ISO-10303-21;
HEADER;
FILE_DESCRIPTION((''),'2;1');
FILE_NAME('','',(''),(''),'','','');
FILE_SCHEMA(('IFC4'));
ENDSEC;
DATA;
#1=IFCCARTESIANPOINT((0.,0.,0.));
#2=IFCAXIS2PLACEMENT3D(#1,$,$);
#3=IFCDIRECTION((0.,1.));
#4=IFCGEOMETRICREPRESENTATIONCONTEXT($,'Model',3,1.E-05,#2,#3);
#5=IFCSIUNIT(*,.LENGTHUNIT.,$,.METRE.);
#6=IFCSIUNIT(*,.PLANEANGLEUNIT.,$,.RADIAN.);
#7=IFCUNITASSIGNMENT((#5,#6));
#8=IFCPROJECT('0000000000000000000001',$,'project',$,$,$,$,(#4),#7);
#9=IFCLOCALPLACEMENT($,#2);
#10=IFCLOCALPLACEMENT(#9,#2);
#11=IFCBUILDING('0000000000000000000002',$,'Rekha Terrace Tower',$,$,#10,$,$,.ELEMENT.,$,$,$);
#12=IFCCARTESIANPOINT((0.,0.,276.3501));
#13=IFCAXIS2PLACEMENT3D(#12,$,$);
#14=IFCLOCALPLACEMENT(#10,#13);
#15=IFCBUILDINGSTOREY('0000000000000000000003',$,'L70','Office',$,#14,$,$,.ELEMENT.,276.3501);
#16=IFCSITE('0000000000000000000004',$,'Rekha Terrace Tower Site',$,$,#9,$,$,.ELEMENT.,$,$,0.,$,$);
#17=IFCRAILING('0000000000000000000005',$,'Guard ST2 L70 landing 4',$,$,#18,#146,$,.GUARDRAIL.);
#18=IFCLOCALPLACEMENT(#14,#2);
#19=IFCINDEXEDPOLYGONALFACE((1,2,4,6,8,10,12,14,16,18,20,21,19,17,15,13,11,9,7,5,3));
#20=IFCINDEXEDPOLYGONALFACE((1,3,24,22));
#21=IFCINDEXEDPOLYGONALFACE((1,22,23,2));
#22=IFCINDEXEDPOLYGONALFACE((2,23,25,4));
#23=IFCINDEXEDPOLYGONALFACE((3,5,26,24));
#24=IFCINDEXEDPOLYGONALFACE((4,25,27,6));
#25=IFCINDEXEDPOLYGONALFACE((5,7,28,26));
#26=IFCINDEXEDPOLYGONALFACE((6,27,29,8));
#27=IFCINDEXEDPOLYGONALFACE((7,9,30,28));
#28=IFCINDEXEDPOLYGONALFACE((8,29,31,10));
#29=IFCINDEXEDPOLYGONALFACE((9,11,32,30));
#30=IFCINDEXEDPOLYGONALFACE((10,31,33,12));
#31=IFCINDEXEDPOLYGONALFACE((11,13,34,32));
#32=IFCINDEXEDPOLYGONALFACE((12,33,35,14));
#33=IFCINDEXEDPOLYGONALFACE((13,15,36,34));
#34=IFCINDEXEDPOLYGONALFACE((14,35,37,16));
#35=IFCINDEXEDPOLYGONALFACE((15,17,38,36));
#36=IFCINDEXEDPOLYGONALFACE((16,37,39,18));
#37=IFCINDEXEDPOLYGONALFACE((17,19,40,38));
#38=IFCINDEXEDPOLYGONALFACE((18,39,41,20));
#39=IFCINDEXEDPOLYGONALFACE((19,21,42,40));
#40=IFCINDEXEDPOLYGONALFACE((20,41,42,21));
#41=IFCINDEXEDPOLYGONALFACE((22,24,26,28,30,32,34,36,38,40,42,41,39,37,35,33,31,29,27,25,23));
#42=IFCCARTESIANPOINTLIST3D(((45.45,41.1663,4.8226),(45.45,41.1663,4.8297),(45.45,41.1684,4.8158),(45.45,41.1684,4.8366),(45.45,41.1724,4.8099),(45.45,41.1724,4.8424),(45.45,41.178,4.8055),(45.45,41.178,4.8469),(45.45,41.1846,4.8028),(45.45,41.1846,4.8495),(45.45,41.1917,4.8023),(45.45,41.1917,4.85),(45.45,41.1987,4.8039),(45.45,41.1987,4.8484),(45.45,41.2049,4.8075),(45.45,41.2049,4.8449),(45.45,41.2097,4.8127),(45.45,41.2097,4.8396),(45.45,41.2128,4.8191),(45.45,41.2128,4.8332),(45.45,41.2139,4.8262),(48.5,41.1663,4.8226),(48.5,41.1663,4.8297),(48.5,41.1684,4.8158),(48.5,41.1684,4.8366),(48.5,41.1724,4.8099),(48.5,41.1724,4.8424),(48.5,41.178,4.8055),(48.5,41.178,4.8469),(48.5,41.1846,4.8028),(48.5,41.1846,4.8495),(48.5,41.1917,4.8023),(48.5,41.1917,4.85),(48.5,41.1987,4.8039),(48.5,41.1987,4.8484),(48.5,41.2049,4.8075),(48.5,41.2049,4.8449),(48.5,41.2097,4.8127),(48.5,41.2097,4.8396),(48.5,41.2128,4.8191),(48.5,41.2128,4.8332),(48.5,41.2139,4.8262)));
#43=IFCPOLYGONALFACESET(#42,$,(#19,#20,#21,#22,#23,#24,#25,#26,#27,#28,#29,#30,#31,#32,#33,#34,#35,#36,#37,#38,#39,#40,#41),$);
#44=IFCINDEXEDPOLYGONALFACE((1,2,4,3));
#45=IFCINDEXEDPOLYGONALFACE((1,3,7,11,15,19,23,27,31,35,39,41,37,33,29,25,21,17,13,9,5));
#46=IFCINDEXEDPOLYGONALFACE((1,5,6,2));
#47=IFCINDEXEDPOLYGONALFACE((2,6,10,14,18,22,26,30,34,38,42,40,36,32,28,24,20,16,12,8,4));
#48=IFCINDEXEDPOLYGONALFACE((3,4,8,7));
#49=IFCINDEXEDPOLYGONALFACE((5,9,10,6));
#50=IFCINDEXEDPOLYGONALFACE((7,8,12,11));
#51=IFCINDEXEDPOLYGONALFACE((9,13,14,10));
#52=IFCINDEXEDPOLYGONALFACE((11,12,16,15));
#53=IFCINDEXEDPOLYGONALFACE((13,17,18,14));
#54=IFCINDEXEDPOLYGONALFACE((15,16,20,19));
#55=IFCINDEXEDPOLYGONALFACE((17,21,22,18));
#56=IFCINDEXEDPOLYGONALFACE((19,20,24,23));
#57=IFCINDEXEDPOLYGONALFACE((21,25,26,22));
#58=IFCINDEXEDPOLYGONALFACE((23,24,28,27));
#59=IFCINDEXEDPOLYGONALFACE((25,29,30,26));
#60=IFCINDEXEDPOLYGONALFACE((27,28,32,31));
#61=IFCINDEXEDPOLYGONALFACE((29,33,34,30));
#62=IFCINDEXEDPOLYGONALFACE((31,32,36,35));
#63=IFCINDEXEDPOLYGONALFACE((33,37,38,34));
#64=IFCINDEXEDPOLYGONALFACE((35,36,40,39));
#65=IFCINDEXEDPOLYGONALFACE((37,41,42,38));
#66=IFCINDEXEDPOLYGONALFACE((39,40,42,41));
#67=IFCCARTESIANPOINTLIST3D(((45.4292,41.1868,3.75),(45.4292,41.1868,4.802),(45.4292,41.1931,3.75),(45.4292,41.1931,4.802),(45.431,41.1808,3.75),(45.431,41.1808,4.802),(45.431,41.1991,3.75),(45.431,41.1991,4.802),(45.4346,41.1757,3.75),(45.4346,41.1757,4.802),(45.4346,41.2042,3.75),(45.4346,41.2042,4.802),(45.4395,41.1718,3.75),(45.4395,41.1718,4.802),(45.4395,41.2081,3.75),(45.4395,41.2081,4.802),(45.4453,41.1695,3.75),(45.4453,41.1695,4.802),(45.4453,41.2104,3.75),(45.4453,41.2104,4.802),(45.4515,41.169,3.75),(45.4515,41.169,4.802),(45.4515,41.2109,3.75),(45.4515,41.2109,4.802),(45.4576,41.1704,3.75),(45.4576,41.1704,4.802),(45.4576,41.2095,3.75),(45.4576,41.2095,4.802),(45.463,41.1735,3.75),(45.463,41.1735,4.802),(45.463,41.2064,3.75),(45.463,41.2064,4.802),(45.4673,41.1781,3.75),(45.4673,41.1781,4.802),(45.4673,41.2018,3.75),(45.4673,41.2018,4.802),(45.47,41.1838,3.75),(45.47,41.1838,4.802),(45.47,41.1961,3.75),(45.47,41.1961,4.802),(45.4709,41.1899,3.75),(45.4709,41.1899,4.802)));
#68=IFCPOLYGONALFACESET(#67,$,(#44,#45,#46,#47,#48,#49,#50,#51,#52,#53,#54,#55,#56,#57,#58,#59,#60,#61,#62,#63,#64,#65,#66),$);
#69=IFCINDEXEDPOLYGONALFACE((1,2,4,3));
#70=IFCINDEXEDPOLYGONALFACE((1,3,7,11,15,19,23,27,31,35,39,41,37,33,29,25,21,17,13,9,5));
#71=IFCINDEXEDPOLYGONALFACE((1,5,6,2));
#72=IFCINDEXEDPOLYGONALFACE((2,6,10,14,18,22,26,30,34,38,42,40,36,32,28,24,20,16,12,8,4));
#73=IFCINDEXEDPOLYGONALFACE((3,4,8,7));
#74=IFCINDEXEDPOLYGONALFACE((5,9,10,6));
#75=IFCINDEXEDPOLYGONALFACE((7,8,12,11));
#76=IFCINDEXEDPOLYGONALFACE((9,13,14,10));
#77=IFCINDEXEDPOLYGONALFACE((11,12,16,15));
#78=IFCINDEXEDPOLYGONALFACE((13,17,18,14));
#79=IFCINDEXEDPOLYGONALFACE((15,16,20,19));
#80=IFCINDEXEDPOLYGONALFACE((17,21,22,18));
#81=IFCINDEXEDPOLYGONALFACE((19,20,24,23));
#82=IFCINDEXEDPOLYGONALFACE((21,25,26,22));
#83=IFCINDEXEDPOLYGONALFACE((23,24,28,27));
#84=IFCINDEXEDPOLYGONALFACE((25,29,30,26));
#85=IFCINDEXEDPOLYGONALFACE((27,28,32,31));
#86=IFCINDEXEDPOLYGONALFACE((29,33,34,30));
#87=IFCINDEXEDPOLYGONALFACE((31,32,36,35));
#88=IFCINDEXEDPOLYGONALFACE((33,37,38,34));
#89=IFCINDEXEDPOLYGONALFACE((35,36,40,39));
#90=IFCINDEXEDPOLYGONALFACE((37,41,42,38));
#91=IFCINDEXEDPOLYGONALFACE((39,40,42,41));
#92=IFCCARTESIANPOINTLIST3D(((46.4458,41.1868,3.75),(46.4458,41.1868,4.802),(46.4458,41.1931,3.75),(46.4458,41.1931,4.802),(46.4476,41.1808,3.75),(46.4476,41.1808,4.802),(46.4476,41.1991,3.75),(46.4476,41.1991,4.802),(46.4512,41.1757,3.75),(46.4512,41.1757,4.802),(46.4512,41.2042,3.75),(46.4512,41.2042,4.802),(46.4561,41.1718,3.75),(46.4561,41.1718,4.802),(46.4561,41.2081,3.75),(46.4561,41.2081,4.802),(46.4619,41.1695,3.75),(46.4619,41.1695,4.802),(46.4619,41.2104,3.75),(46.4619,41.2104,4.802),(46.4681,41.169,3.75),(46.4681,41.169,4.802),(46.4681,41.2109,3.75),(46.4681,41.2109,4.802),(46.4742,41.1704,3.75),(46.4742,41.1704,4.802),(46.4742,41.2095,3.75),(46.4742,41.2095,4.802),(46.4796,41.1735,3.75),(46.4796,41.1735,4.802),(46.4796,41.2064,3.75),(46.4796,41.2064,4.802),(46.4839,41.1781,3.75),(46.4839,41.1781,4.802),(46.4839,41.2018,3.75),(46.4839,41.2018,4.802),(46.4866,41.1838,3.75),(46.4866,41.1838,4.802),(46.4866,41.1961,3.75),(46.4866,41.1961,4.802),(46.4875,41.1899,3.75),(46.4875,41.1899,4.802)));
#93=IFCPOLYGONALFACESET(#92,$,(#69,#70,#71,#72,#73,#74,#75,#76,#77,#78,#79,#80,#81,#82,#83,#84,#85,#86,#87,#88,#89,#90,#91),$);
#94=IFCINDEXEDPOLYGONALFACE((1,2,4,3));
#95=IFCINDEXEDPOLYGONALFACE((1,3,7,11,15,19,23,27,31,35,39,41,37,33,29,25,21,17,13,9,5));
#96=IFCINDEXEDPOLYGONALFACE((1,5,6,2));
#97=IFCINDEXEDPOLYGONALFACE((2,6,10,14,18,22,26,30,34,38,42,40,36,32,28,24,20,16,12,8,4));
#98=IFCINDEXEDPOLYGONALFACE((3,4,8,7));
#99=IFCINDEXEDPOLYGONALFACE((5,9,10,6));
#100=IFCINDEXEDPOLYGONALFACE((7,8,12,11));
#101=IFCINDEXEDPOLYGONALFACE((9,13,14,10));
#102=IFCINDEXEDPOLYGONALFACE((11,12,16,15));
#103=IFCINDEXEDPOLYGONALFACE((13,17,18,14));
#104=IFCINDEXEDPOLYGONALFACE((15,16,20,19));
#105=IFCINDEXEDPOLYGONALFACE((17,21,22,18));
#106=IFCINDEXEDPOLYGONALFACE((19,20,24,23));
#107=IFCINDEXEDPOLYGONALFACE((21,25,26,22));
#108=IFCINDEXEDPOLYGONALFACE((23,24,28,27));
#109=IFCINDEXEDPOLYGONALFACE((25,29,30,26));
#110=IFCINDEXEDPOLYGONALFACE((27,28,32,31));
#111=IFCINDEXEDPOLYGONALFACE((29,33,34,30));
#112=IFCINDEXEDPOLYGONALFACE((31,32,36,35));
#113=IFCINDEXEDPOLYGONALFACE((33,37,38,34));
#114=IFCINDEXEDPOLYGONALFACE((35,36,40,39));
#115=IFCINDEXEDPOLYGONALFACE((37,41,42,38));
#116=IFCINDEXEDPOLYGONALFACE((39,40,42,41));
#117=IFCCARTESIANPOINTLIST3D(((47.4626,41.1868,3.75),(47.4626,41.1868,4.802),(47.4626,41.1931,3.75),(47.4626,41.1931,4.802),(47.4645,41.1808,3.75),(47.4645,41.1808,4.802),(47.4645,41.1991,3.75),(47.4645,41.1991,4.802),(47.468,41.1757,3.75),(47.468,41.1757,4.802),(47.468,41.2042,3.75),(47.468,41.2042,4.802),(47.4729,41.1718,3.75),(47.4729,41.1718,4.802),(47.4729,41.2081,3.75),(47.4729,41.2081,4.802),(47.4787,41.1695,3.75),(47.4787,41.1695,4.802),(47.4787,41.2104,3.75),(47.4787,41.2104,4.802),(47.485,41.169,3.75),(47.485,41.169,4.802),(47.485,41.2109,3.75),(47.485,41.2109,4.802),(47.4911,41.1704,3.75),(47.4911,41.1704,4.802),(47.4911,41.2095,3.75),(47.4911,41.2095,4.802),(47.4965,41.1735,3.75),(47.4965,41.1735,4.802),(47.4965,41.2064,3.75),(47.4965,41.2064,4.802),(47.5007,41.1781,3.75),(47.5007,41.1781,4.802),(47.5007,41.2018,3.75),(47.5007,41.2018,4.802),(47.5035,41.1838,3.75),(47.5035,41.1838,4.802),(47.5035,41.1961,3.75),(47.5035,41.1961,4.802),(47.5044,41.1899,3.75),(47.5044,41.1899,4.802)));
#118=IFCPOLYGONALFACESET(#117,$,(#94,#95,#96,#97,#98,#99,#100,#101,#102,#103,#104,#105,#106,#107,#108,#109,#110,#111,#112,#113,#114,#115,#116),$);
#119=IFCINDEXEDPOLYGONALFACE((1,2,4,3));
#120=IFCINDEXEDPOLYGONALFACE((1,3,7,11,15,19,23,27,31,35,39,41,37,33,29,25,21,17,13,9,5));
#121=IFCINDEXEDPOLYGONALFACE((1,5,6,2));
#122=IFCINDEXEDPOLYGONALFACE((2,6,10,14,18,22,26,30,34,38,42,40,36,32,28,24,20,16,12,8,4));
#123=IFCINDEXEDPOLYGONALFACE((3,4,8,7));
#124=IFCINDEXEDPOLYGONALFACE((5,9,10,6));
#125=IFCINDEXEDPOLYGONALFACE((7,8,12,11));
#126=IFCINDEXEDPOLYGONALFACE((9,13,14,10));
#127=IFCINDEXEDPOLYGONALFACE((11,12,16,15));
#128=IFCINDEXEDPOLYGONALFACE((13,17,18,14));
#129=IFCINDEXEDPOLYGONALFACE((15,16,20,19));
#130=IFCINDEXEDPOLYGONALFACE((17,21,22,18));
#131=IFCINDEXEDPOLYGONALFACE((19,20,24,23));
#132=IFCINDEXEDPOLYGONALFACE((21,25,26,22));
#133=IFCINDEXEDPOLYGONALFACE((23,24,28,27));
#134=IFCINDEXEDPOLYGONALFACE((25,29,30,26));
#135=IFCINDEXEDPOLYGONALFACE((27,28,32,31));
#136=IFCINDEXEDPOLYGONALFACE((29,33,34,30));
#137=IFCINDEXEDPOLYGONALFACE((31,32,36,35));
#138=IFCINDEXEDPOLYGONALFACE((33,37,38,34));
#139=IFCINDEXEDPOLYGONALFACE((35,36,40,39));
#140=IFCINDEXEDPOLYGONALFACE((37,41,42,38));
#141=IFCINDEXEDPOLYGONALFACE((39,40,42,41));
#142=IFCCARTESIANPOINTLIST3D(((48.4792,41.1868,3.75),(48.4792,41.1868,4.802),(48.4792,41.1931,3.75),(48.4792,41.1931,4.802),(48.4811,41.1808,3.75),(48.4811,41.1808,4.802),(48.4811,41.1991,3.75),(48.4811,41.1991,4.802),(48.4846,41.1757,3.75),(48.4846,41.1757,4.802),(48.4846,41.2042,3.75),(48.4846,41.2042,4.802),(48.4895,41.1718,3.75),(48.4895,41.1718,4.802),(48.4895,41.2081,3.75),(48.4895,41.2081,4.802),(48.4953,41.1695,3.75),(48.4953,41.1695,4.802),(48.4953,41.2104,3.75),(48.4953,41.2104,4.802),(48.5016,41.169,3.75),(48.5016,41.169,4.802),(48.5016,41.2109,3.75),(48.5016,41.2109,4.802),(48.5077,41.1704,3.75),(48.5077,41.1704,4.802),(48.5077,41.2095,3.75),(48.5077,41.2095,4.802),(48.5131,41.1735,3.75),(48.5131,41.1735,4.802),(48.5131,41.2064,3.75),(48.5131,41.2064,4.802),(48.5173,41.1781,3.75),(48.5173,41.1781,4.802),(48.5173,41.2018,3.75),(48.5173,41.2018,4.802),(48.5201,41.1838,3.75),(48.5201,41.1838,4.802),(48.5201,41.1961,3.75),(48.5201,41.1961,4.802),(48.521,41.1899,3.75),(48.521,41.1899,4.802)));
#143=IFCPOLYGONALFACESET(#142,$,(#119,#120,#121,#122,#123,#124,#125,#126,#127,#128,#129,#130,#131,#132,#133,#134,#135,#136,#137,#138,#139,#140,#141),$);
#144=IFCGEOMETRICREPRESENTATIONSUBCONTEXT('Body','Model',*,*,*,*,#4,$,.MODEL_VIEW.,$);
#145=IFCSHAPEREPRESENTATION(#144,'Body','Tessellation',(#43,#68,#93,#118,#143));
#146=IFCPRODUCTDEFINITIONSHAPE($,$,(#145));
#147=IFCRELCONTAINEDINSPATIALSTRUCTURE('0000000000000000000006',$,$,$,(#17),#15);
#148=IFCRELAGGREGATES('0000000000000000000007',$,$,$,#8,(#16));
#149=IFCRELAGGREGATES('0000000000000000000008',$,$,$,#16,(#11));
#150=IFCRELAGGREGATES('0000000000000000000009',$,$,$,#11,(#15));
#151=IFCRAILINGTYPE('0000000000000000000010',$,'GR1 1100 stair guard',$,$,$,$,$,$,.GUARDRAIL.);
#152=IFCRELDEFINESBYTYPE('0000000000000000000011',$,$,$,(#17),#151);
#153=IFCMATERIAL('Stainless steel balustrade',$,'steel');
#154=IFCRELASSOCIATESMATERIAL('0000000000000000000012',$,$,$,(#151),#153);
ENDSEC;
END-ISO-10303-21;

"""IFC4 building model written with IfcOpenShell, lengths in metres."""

from ifc_helpers import new_model, si_unit, direction, frame, origin, origin_2d, place, context, subcontext, project, spatial, circle, extrude, material, type_object, element, save


model = new_model("IFC4")

# Units and contexts
model_context = context("Model", 3, precision=1e-05, world=origin(), true_north=direction((0.0, 1.0)))
body_context = subcontext(model_context, "Body", "Model", "MODEL_VIEW")
ifc_project = project(units=[si_unit("LENGTHUNIT", "METRE"), si_unit("PLANEANGLEUNIT", "RADIAN")], contexts=[model_context])

# Site, building, storey
site_placement = place(None, origin())
site = spatial("IfcSite", under=ifc_project, at=site_placement, Name="Rekha Terrace Tower Site", CompositionType="ELEMENT", RefElevation=0.0)
building_placement = place(site_placement, origin())
building = spatial("IfcBuilding", under=site, at=building_placement, Name="Rekha Terrace Tower", CompositionType="ELEMENT")
storey_placement = place(building_placement, frame((0.0, 0.0, 276.3501)))
storey = spatial("IfcBuildingStorey", under=building, at=storey_placement, Name="L70", Description="Office", CompositionType="ELEMENT", Elevation=276.3501)

# Railing
ifc_material_1 = material(Name="Stainless steel balustrade", Category="steel")
railing_type_1 = type_object("IfcRailingType", Name="GR1 1100 stair guard", PredefinedType="GUARDRAIL", material=ifc_material_1)
railing_1_placement = place(storey_placement, frame((45.45, 41.1899, 3.75)))
element("IfcRailing", 1, at=railing_1_placement, inside=storey, type_object=railing_type_1, Name="Guard ST2 L70 landing 4", PredefinedType="GUARDRAIL", context=body_context, shape_type="SweptSolid", body=[
    extrude(circle(Radius=0.0239, at=origin_2d()), frame((0.0, 0.0, 1.0762), z_axis=(1.0, 0.0, 0.0), x_axis=(0.0, 1.0, 0.0)), (0.0, 0.0, 1.0), 3.05),
    extrude(circle(Radius=0.021, at=origin_2d()), origin(), (0.0, 0.0, 1.0), 1.052),
    extrude(circle(Radius=0.021, at=origin_2d()), frame((1.0166, 0.0, 0.0)), (0.0, 0.0, 1.0), 1.052),
    extrude(circle(Radius=0.021, at=origin_2d()), frame((2.0334, 0.0, 0.0)), (0.0, 0.0, 1.0), 1.052),
    extrude(circle(Radius=0.021, at=origin_2d()), frame((3.05, 0.0, 0.0)), (0.0, 0.0, 1.0), 1.052),
])

save(model, "model.ifc")
